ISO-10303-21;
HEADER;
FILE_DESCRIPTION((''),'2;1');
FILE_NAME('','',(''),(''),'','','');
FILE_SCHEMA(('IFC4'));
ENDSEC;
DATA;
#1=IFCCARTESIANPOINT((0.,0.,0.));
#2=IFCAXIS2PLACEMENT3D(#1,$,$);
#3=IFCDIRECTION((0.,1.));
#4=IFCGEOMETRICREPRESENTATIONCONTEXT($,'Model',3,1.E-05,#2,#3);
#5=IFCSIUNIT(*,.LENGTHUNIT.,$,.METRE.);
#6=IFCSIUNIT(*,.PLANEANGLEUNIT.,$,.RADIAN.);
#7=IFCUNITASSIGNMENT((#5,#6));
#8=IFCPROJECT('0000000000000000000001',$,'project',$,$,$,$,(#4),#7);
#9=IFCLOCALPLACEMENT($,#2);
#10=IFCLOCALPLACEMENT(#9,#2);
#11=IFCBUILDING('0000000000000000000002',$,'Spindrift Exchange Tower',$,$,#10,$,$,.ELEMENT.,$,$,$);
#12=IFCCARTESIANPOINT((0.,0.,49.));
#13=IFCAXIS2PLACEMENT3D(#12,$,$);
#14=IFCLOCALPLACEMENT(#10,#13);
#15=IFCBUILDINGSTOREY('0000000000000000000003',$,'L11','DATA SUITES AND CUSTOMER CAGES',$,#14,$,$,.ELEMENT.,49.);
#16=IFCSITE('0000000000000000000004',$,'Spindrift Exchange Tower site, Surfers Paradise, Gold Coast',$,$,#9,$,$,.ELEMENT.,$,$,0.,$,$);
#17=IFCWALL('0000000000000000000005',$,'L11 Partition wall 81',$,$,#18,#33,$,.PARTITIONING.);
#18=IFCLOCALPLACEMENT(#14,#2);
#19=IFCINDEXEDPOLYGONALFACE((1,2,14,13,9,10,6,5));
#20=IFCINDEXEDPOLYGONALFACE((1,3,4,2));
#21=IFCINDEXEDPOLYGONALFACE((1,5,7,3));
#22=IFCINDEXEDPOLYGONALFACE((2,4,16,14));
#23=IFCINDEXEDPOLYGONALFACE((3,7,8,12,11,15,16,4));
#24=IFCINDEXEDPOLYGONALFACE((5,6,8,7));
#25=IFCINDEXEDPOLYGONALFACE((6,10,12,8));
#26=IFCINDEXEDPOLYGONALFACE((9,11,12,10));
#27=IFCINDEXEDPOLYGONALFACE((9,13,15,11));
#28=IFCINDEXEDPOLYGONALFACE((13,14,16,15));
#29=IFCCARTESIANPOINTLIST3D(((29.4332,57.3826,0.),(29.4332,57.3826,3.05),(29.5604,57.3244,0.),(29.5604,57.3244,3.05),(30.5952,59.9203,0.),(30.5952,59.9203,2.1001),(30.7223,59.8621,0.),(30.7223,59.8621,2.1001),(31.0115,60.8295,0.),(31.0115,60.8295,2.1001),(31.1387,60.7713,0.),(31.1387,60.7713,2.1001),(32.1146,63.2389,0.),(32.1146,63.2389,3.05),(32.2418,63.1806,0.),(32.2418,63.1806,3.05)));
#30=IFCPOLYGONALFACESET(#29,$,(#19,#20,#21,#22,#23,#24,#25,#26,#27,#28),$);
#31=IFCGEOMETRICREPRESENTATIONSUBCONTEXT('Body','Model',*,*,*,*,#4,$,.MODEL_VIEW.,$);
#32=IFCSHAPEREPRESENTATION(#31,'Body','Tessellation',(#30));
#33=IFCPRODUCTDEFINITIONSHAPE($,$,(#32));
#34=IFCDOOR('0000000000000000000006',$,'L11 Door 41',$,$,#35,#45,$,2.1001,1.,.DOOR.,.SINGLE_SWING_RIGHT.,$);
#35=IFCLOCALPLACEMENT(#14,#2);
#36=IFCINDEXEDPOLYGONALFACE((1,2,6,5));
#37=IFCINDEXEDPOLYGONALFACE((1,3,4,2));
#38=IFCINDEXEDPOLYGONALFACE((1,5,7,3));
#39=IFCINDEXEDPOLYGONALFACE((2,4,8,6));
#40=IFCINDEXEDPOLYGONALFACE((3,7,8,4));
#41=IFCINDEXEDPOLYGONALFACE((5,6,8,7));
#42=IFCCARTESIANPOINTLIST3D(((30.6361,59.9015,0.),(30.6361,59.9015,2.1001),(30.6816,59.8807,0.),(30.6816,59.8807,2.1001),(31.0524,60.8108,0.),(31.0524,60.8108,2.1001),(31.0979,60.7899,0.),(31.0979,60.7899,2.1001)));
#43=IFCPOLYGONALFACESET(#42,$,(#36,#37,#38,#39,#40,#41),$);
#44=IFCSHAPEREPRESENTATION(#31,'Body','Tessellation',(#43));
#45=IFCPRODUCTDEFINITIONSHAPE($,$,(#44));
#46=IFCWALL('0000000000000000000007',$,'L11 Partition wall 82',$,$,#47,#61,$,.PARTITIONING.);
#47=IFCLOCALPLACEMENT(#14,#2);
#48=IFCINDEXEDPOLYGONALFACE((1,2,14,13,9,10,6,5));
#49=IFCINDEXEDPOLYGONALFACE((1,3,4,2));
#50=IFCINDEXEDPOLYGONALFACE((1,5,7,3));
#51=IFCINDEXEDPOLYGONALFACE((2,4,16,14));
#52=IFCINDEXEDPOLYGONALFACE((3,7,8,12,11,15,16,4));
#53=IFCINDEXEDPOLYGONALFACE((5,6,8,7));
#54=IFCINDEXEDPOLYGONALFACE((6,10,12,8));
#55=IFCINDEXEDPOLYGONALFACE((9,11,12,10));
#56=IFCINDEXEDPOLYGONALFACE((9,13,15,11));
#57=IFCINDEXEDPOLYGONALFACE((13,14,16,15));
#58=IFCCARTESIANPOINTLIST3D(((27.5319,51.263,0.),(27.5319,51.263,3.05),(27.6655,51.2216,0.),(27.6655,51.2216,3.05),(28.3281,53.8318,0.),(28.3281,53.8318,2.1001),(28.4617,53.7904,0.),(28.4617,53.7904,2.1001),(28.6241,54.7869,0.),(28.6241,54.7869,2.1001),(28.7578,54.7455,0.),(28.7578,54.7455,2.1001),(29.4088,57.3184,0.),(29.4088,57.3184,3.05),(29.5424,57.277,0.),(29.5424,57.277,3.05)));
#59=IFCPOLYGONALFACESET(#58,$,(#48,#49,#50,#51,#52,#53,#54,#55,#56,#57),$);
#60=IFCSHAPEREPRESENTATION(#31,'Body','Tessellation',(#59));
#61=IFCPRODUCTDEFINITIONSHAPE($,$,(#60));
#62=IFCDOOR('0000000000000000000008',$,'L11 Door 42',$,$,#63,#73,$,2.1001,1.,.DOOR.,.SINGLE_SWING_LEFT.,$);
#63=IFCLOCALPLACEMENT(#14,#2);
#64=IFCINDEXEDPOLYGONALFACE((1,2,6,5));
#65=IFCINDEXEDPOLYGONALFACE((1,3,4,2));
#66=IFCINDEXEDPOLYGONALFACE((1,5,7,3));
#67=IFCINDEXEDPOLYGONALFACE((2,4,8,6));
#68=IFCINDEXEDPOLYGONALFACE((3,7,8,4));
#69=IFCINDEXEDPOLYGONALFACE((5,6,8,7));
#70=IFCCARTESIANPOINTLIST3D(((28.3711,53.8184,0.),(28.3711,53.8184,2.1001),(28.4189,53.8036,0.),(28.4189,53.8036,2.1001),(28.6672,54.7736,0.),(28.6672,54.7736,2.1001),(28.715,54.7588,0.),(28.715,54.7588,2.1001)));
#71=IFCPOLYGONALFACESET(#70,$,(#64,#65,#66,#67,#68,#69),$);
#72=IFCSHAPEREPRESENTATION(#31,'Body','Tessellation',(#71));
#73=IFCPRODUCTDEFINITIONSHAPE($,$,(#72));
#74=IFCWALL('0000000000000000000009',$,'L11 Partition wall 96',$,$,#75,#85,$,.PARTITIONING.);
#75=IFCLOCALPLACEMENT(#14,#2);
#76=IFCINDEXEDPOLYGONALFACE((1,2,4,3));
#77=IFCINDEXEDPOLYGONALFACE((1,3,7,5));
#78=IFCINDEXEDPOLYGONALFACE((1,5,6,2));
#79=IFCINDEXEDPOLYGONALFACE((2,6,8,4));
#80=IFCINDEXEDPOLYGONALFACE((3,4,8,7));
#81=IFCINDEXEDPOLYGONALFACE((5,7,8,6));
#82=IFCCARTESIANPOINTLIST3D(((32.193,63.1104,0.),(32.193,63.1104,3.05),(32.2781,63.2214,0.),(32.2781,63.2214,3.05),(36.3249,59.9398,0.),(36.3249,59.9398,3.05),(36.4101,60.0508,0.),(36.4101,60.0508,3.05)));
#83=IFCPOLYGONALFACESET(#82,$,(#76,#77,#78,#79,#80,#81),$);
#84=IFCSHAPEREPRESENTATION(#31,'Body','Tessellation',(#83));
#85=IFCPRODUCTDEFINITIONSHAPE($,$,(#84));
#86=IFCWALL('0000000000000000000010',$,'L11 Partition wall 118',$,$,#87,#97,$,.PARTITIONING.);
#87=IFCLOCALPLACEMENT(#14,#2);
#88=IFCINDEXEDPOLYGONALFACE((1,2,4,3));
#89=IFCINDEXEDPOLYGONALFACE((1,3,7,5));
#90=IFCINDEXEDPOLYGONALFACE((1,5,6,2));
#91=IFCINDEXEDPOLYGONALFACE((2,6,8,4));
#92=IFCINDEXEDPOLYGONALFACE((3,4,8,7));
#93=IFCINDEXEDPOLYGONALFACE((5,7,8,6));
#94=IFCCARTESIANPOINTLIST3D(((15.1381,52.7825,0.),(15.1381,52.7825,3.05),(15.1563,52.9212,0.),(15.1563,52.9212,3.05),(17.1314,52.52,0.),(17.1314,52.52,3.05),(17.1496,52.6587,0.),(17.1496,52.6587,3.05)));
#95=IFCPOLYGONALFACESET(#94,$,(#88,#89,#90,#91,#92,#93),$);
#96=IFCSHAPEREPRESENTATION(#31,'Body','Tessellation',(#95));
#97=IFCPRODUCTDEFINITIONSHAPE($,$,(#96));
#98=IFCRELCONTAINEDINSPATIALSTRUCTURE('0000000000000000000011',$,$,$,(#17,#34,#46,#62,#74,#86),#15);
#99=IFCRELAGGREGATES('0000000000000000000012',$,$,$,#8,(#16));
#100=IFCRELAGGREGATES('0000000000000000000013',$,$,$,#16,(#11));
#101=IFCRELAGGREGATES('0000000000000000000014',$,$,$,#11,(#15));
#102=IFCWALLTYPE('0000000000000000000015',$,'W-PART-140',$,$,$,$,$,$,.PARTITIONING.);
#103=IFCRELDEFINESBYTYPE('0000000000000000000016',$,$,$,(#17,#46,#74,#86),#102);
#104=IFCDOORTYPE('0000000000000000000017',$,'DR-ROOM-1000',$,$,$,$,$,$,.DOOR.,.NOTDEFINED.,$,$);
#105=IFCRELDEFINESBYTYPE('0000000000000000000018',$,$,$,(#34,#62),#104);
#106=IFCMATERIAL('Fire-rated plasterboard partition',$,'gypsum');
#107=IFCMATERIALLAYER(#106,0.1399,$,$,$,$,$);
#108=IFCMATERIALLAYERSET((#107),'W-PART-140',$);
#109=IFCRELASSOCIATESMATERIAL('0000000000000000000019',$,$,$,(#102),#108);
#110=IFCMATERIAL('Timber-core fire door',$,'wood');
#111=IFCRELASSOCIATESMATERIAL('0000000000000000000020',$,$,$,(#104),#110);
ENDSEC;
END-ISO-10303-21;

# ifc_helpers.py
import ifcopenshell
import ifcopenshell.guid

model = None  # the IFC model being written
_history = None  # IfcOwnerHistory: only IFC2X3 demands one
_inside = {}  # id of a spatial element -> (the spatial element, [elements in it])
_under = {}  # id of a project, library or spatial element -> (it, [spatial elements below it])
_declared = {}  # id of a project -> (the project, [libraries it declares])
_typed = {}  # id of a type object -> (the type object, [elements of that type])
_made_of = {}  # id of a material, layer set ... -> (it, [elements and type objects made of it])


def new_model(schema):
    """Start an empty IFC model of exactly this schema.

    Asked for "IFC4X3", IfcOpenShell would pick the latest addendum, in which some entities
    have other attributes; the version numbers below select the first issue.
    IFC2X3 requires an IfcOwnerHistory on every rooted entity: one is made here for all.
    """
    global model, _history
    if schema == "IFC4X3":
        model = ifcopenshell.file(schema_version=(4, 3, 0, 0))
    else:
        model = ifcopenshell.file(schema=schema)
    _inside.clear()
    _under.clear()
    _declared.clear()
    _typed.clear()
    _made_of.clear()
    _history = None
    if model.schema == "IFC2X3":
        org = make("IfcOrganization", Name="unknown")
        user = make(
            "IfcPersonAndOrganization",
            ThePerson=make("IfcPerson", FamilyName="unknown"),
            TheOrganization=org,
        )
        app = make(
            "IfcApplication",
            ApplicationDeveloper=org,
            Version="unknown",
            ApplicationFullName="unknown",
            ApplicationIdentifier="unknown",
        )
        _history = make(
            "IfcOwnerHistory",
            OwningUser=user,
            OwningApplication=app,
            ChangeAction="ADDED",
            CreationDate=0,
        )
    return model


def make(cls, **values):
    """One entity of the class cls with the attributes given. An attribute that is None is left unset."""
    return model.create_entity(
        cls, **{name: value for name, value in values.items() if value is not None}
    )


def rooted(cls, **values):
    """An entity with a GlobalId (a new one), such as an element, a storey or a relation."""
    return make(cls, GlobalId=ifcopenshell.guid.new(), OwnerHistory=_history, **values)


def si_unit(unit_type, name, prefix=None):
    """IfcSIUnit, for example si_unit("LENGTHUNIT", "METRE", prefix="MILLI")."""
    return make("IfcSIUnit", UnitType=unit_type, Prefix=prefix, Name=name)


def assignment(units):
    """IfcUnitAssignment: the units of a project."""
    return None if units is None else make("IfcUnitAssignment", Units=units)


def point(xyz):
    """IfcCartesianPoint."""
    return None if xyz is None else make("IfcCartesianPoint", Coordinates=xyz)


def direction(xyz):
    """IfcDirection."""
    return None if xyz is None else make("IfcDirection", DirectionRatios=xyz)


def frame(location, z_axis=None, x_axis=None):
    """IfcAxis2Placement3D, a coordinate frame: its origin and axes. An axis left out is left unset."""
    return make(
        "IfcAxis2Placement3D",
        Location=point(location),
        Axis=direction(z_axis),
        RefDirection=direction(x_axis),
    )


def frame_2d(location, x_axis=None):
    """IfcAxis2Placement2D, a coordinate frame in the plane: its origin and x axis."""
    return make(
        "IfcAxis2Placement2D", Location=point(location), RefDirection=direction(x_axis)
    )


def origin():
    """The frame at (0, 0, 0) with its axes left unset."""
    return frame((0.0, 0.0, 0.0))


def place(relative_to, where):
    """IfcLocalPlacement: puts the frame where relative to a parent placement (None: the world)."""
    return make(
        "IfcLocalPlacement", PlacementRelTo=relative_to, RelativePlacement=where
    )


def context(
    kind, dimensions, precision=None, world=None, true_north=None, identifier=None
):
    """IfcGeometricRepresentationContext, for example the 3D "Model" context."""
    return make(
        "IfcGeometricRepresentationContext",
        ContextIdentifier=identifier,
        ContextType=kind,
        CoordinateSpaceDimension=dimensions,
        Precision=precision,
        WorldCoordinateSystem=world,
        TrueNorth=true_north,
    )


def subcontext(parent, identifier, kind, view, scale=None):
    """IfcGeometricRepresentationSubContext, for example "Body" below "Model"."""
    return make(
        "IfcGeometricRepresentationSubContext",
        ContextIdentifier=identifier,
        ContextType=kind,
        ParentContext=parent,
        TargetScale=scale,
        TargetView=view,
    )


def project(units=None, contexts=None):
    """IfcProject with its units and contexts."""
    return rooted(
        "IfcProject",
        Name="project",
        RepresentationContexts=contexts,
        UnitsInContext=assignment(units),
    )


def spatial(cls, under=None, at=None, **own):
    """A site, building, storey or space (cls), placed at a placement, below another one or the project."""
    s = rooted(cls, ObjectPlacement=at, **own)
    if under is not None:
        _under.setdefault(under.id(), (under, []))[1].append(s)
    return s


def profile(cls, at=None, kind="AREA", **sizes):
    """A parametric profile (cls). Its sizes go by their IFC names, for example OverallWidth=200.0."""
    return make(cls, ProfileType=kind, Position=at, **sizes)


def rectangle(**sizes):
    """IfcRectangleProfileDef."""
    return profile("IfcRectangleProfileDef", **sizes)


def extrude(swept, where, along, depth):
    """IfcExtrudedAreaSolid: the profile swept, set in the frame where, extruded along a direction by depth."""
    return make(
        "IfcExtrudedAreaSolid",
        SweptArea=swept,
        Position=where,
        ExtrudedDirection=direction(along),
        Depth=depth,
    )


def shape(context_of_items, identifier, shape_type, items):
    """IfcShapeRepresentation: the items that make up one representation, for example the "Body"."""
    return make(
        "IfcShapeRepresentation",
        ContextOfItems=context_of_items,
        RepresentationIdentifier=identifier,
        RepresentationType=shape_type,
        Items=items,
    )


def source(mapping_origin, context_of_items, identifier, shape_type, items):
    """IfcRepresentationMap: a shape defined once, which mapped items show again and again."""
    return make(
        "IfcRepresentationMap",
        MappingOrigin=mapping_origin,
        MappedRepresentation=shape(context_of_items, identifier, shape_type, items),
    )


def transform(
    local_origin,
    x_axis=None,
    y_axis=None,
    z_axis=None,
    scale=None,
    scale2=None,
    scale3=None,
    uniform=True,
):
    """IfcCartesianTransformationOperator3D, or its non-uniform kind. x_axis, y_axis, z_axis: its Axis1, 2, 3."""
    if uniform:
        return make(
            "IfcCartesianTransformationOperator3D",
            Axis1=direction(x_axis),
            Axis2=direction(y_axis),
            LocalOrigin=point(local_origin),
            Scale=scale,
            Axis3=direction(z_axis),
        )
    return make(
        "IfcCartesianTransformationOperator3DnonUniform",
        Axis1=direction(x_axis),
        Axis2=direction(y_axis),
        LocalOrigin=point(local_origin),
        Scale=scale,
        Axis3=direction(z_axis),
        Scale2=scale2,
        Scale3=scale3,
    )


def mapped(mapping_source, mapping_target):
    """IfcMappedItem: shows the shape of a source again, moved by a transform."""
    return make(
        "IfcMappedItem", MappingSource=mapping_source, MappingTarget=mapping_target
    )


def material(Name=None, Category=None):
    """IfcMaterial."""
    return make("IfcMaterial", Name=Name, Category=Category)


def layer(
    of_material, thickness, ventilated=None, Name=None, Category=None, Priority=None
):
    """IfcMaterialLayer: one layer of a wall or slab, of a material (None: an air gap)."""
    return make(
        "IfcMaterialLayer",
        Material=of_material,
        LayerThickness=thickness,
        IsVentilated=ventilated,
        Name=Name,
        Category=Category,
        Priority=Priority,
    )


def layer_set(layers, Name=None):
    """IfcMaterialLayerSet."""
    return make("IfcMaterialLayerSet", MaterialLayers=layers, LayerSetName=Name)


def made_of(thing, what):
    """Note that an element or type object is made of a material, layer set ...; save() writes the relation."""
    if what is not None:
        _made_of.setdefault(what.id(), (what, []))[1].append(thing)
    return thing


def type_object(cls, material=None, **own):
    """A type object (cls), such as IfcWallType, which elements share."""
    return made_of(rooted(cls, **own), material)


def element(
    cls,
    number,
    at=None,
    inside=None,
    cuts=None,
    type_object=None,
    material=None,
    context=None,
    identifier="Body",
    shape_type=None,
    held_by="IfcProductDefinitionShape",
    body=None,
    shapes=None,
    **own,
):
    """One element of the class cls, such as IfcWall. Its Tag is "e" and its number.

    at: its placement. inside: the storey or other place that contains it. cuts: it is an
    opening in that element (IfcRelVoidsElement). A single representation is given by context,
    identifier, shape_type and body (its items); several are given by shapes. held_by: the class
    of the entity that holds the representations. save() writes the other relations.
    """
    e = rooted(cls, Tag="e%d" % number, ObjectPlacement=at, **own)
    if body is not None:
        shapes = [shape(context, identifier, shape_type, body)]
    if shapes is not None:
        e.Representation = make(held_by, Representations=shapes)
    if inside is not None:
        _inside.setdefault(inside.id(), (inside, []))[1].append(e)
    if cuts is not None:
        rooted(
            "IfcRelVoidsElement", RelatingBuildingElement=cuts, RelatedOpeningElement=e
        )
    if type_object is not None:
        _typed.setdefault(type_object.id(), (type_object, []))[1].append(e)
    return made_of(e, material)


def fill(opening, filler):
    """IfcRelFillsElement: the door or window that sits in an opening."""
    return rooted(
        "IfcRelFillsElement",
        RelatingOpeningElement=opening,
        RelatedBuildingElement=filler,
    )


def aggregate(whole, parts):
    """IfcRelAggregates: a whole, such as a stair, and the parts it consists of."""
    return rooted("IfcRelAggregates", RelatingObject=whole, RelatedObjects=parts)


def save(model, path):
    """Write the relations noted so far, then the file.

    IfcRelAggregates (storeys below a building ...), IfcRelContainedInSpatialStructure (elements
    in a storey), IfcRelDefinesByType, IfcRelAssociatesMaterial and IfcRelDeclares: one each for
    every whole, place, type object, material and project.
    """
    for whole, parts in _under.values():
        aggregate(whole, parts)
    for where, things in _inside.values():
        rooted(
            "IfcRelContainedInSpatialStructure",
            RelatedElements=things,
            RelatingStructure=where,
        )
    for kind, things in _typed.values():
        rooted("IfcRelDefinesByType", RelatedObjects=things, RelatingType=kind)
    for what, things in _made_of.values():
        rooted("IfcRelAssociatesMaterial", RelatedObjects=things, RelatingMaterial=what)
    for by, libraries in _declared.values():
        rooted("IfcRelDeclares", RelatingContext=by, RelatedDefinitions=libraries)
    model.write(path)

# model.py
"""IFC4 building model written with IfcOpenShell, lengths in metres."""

from ifc_helpers import new_model, si_unit, direction, frame, frame_2d, origin, place, context, subcontext, project, spatial, rectangle, extrude, source, transform, mapped, material, layer, layer_set, type_object, element, fill, save


model = new_model("IFC4")

# Units and contexts
model_context = context("Model", 3, precision=1e-05, world=origin(), true_north=direction((0.0, 1.0)))
body_context = subcontext(model_context, "Body", "Model", "MODEL_VIEW")
ifc_project = project(units=[si_unit("LENGTHUNIT", "METRE"), si_unit("PLANEANGLEUNIT", "RADIAN")], contexts=[model_context])

# Site, building, storey
site_placement = place(None, origin())
site = spatial("IfcSite", under=ifc_project, at=site_placement, Name="Spindrift Exchange Tower site, Surfers Paradise, Gold Coast", CompositionType="ELEMENT", RefElevation=0.0)
building_placement = place(site_placement, origin())
building = spatial("IfcBuilding", under=site, at=building_placement, Name="Spindrift Exchange Tower", CompositionType="ELEMENT")
storey_placement = place(building_placement, frame((0.0, 0.0, 49.0)))
storey = spatial("IfcBuildingStorey", under=building, at=storey_placement, Name="L11", Description="DATA SUITES AND CUSTOMER CAGES", CompositionType="ELEMENT", Elevation=49.0)

# Shared definitions
ifc_material_1 = material(Name="Fire-rated plasterboard partition", Category="gypsum")
ifc_layer_1 = layer(ifc_material_1, 0.1399)
ifc_layer_set_1 = layer_set([ifc_layer_1], Name="W-PART-140")
wall_type = type_object("IfcWallType", Name="W-PART-140", PredefinedType="PARTITIONING", material=ifc_layer_set_1)

# Walls, openings, doors
wall_1_placement = place(storey_placement, frame((29.4968, 57.3535, 0.0), z_axis=(0.0, 0.0, 1.0), x_axis=(0.416309, 0.909223, 0.0)))
wall_1 = element("IfcWall", 1, at=wall_1_placement, inside=storey, type_object=wall_type, Name="L11 Partition wall 81", PredefinedType="PARTITIONING", context=body_context, shape_type="SweptSolid", body=[
    extrude(rectangle(XDim=6.4409, YDim=0.1399, at=frame_2d((3.2205, 0.0))), origin(), (0.0, 0.0, 1.0), 3.05),
])
opening_1_placement = place(wall_1_placement, frame((2.791, 0.0, 0.0)))
opening_1 = element("IfcOpeningElement", 2, at=opening_1_placement, cuts=wall_1, PredefinedType="OPENING", context=body_context, shape_type="SweptSolid", body=[
    extrude(rectangle(XDim=1.0, YDim=2.1001, at=frame_2d((0.5, 1.05))), frame((0.0, 0.0798, 0.0), z_axis=(0.0, -1.0, 0.0), x_axis=(1.0, 0.0, 0.0)), (0.0, 0.0, 1.0), 0.1599),
])
ifc_material_2 = material(Name="Timber-core fire door", Category="wood")
door_type = type_object("IfcDoorType", Name="DR-ROOM-1000", OperationType="NOTDEFINED", PredefinedType="DOOR", material=ifc_material_2)
shared_shape_1 = source(origin(), body_context, "Body", "SweptSolid", [
    extrude(rectangle(XDim=1.0, YDim=2.1001, at=frame_2d((0.5, 1.05))), frame((0.0, 0.0249, 0.0), z_axis=(0.0, -1.0, 0.0), x_axis=(1.0, 0.0, 0.0)), (0.0, 0.0, 1.0), 0.05),
])
door_1_placement = place(opening_1_placement, origin())
door_1 = element("IfcDoor", 3, at=door_1_placement, inside=storey, type_object=door_type, Name="L11 Door 41", OperationType="SINGLE_SWING_RIGHT", OverallHeight=2.1001, OverallWidth=1.0, PredefinedType="DOOR", context=body_context, shape_type="MappedRepresentation", body=[
    mapped(shared_shape_1, transform((0.0, 0.0, 0.0), scale=1.0)),
])
fill(opening_1, door_1)
wall_2_placement = place(storey_placement, frame((27.5986, 51.2422, 0.0), z_axis=(0.0, 0.0, 1.0), x_axis=(0.296066, 0.955167, 0.0)))
wall_2 = element("IfcWall", 4, at=wall_2_placement, inside=storey, type_object=wall_type, Name="L11 Partition wall 82", PredefinedType="PARTITIONING", context=body_context, shape_type="SweptSolid", body=[
    extrude(rectangle(XDim=6.3396, YDim=0.1399, at=frame_2d((3.1699, 0.0))), origin(), (0.0, 0.0, 1.0), 3.05),
])
opening_2_placement = place(wall_2_placement, frame((2.6895, 0.0, 0.0)))
opening_2 = element("IfcOpeningElement", 5, at=opening_2_placement, cuts=wall_2, PredefinedType="OPENING", context=body_context, shape_type="SweptSolid", body=[
    extrude(rectangle(XDim=1.0, YDim=2.1001, at=frame_2d((0.5, 1.05))), frame((0.0, 0.0798, 0.0), z_axis=(0.0, -1.0, 0.0), x_axis=(1.0, 0.0, 0.0)), (0.0, 0.0, 1.0), 0.1599),
])
door_2_placement = place(opening_2_placement, origin())
door_2 = element("IfcDoor", 6, at=door_2_placement, inside=storey, type_object=door_type, Name="L11 Door 42", OperationType="SINGLE_SWING_LEFT", OverallHeight=2.1001, OverallWidth=1.0, PredefinedType="DOOR", context=body_context, shape_type="MappedRepresentation", body=[
    mapped(shared_shape_1, transform((0.0, 0.0, 0.0), scale=1.0)),
])
fill(opening_2, door_2)

# Walls
wall_3_placement = place(storey_placement, frame((36.3674, 59.9954, 0.0), z_axis=(0.0, 0.0, 1.0), x_axis=(-0.793354, 0.608761, 0.0)))
element("IfcWall", 7, at=wall_3_placement, inside=storey, type_object=wall_type, Name="L11 Partition wall 96", PredefinedType="PARTITIONING", context=body_context, shape_type="SweptSolid", body=[
    extrude(rectangle(XDim=5.2083, YDim=0.1399, at=frame_2d((2.604, 0.0))), origin(), (0.0, 0.0, 1.0), 3.05),
])
wall_4_placement = place(storey_placement, frame((17.1406, 52.5894, 0.0), z_axis=(0.0, 0.0, 1.0), x_axis=(-0.991444, 0.130533, 0.0)))
element("IfcWall", 8, at=wall_4_placement, inside=storey, type_object=wall_type, Name="L11 Partition wall 118", PredefinedType="PARTITIONING", context=body_context, shape_type="SweptSolid", body=[
    extrude(rectangle(XDim=2.0105, YDim=0.1399, at=frame_2d((1.0054, 0.0))), origin(), (0.0, 0.0, 1.0), 3.05),
])

save(model, "model.ifc")
